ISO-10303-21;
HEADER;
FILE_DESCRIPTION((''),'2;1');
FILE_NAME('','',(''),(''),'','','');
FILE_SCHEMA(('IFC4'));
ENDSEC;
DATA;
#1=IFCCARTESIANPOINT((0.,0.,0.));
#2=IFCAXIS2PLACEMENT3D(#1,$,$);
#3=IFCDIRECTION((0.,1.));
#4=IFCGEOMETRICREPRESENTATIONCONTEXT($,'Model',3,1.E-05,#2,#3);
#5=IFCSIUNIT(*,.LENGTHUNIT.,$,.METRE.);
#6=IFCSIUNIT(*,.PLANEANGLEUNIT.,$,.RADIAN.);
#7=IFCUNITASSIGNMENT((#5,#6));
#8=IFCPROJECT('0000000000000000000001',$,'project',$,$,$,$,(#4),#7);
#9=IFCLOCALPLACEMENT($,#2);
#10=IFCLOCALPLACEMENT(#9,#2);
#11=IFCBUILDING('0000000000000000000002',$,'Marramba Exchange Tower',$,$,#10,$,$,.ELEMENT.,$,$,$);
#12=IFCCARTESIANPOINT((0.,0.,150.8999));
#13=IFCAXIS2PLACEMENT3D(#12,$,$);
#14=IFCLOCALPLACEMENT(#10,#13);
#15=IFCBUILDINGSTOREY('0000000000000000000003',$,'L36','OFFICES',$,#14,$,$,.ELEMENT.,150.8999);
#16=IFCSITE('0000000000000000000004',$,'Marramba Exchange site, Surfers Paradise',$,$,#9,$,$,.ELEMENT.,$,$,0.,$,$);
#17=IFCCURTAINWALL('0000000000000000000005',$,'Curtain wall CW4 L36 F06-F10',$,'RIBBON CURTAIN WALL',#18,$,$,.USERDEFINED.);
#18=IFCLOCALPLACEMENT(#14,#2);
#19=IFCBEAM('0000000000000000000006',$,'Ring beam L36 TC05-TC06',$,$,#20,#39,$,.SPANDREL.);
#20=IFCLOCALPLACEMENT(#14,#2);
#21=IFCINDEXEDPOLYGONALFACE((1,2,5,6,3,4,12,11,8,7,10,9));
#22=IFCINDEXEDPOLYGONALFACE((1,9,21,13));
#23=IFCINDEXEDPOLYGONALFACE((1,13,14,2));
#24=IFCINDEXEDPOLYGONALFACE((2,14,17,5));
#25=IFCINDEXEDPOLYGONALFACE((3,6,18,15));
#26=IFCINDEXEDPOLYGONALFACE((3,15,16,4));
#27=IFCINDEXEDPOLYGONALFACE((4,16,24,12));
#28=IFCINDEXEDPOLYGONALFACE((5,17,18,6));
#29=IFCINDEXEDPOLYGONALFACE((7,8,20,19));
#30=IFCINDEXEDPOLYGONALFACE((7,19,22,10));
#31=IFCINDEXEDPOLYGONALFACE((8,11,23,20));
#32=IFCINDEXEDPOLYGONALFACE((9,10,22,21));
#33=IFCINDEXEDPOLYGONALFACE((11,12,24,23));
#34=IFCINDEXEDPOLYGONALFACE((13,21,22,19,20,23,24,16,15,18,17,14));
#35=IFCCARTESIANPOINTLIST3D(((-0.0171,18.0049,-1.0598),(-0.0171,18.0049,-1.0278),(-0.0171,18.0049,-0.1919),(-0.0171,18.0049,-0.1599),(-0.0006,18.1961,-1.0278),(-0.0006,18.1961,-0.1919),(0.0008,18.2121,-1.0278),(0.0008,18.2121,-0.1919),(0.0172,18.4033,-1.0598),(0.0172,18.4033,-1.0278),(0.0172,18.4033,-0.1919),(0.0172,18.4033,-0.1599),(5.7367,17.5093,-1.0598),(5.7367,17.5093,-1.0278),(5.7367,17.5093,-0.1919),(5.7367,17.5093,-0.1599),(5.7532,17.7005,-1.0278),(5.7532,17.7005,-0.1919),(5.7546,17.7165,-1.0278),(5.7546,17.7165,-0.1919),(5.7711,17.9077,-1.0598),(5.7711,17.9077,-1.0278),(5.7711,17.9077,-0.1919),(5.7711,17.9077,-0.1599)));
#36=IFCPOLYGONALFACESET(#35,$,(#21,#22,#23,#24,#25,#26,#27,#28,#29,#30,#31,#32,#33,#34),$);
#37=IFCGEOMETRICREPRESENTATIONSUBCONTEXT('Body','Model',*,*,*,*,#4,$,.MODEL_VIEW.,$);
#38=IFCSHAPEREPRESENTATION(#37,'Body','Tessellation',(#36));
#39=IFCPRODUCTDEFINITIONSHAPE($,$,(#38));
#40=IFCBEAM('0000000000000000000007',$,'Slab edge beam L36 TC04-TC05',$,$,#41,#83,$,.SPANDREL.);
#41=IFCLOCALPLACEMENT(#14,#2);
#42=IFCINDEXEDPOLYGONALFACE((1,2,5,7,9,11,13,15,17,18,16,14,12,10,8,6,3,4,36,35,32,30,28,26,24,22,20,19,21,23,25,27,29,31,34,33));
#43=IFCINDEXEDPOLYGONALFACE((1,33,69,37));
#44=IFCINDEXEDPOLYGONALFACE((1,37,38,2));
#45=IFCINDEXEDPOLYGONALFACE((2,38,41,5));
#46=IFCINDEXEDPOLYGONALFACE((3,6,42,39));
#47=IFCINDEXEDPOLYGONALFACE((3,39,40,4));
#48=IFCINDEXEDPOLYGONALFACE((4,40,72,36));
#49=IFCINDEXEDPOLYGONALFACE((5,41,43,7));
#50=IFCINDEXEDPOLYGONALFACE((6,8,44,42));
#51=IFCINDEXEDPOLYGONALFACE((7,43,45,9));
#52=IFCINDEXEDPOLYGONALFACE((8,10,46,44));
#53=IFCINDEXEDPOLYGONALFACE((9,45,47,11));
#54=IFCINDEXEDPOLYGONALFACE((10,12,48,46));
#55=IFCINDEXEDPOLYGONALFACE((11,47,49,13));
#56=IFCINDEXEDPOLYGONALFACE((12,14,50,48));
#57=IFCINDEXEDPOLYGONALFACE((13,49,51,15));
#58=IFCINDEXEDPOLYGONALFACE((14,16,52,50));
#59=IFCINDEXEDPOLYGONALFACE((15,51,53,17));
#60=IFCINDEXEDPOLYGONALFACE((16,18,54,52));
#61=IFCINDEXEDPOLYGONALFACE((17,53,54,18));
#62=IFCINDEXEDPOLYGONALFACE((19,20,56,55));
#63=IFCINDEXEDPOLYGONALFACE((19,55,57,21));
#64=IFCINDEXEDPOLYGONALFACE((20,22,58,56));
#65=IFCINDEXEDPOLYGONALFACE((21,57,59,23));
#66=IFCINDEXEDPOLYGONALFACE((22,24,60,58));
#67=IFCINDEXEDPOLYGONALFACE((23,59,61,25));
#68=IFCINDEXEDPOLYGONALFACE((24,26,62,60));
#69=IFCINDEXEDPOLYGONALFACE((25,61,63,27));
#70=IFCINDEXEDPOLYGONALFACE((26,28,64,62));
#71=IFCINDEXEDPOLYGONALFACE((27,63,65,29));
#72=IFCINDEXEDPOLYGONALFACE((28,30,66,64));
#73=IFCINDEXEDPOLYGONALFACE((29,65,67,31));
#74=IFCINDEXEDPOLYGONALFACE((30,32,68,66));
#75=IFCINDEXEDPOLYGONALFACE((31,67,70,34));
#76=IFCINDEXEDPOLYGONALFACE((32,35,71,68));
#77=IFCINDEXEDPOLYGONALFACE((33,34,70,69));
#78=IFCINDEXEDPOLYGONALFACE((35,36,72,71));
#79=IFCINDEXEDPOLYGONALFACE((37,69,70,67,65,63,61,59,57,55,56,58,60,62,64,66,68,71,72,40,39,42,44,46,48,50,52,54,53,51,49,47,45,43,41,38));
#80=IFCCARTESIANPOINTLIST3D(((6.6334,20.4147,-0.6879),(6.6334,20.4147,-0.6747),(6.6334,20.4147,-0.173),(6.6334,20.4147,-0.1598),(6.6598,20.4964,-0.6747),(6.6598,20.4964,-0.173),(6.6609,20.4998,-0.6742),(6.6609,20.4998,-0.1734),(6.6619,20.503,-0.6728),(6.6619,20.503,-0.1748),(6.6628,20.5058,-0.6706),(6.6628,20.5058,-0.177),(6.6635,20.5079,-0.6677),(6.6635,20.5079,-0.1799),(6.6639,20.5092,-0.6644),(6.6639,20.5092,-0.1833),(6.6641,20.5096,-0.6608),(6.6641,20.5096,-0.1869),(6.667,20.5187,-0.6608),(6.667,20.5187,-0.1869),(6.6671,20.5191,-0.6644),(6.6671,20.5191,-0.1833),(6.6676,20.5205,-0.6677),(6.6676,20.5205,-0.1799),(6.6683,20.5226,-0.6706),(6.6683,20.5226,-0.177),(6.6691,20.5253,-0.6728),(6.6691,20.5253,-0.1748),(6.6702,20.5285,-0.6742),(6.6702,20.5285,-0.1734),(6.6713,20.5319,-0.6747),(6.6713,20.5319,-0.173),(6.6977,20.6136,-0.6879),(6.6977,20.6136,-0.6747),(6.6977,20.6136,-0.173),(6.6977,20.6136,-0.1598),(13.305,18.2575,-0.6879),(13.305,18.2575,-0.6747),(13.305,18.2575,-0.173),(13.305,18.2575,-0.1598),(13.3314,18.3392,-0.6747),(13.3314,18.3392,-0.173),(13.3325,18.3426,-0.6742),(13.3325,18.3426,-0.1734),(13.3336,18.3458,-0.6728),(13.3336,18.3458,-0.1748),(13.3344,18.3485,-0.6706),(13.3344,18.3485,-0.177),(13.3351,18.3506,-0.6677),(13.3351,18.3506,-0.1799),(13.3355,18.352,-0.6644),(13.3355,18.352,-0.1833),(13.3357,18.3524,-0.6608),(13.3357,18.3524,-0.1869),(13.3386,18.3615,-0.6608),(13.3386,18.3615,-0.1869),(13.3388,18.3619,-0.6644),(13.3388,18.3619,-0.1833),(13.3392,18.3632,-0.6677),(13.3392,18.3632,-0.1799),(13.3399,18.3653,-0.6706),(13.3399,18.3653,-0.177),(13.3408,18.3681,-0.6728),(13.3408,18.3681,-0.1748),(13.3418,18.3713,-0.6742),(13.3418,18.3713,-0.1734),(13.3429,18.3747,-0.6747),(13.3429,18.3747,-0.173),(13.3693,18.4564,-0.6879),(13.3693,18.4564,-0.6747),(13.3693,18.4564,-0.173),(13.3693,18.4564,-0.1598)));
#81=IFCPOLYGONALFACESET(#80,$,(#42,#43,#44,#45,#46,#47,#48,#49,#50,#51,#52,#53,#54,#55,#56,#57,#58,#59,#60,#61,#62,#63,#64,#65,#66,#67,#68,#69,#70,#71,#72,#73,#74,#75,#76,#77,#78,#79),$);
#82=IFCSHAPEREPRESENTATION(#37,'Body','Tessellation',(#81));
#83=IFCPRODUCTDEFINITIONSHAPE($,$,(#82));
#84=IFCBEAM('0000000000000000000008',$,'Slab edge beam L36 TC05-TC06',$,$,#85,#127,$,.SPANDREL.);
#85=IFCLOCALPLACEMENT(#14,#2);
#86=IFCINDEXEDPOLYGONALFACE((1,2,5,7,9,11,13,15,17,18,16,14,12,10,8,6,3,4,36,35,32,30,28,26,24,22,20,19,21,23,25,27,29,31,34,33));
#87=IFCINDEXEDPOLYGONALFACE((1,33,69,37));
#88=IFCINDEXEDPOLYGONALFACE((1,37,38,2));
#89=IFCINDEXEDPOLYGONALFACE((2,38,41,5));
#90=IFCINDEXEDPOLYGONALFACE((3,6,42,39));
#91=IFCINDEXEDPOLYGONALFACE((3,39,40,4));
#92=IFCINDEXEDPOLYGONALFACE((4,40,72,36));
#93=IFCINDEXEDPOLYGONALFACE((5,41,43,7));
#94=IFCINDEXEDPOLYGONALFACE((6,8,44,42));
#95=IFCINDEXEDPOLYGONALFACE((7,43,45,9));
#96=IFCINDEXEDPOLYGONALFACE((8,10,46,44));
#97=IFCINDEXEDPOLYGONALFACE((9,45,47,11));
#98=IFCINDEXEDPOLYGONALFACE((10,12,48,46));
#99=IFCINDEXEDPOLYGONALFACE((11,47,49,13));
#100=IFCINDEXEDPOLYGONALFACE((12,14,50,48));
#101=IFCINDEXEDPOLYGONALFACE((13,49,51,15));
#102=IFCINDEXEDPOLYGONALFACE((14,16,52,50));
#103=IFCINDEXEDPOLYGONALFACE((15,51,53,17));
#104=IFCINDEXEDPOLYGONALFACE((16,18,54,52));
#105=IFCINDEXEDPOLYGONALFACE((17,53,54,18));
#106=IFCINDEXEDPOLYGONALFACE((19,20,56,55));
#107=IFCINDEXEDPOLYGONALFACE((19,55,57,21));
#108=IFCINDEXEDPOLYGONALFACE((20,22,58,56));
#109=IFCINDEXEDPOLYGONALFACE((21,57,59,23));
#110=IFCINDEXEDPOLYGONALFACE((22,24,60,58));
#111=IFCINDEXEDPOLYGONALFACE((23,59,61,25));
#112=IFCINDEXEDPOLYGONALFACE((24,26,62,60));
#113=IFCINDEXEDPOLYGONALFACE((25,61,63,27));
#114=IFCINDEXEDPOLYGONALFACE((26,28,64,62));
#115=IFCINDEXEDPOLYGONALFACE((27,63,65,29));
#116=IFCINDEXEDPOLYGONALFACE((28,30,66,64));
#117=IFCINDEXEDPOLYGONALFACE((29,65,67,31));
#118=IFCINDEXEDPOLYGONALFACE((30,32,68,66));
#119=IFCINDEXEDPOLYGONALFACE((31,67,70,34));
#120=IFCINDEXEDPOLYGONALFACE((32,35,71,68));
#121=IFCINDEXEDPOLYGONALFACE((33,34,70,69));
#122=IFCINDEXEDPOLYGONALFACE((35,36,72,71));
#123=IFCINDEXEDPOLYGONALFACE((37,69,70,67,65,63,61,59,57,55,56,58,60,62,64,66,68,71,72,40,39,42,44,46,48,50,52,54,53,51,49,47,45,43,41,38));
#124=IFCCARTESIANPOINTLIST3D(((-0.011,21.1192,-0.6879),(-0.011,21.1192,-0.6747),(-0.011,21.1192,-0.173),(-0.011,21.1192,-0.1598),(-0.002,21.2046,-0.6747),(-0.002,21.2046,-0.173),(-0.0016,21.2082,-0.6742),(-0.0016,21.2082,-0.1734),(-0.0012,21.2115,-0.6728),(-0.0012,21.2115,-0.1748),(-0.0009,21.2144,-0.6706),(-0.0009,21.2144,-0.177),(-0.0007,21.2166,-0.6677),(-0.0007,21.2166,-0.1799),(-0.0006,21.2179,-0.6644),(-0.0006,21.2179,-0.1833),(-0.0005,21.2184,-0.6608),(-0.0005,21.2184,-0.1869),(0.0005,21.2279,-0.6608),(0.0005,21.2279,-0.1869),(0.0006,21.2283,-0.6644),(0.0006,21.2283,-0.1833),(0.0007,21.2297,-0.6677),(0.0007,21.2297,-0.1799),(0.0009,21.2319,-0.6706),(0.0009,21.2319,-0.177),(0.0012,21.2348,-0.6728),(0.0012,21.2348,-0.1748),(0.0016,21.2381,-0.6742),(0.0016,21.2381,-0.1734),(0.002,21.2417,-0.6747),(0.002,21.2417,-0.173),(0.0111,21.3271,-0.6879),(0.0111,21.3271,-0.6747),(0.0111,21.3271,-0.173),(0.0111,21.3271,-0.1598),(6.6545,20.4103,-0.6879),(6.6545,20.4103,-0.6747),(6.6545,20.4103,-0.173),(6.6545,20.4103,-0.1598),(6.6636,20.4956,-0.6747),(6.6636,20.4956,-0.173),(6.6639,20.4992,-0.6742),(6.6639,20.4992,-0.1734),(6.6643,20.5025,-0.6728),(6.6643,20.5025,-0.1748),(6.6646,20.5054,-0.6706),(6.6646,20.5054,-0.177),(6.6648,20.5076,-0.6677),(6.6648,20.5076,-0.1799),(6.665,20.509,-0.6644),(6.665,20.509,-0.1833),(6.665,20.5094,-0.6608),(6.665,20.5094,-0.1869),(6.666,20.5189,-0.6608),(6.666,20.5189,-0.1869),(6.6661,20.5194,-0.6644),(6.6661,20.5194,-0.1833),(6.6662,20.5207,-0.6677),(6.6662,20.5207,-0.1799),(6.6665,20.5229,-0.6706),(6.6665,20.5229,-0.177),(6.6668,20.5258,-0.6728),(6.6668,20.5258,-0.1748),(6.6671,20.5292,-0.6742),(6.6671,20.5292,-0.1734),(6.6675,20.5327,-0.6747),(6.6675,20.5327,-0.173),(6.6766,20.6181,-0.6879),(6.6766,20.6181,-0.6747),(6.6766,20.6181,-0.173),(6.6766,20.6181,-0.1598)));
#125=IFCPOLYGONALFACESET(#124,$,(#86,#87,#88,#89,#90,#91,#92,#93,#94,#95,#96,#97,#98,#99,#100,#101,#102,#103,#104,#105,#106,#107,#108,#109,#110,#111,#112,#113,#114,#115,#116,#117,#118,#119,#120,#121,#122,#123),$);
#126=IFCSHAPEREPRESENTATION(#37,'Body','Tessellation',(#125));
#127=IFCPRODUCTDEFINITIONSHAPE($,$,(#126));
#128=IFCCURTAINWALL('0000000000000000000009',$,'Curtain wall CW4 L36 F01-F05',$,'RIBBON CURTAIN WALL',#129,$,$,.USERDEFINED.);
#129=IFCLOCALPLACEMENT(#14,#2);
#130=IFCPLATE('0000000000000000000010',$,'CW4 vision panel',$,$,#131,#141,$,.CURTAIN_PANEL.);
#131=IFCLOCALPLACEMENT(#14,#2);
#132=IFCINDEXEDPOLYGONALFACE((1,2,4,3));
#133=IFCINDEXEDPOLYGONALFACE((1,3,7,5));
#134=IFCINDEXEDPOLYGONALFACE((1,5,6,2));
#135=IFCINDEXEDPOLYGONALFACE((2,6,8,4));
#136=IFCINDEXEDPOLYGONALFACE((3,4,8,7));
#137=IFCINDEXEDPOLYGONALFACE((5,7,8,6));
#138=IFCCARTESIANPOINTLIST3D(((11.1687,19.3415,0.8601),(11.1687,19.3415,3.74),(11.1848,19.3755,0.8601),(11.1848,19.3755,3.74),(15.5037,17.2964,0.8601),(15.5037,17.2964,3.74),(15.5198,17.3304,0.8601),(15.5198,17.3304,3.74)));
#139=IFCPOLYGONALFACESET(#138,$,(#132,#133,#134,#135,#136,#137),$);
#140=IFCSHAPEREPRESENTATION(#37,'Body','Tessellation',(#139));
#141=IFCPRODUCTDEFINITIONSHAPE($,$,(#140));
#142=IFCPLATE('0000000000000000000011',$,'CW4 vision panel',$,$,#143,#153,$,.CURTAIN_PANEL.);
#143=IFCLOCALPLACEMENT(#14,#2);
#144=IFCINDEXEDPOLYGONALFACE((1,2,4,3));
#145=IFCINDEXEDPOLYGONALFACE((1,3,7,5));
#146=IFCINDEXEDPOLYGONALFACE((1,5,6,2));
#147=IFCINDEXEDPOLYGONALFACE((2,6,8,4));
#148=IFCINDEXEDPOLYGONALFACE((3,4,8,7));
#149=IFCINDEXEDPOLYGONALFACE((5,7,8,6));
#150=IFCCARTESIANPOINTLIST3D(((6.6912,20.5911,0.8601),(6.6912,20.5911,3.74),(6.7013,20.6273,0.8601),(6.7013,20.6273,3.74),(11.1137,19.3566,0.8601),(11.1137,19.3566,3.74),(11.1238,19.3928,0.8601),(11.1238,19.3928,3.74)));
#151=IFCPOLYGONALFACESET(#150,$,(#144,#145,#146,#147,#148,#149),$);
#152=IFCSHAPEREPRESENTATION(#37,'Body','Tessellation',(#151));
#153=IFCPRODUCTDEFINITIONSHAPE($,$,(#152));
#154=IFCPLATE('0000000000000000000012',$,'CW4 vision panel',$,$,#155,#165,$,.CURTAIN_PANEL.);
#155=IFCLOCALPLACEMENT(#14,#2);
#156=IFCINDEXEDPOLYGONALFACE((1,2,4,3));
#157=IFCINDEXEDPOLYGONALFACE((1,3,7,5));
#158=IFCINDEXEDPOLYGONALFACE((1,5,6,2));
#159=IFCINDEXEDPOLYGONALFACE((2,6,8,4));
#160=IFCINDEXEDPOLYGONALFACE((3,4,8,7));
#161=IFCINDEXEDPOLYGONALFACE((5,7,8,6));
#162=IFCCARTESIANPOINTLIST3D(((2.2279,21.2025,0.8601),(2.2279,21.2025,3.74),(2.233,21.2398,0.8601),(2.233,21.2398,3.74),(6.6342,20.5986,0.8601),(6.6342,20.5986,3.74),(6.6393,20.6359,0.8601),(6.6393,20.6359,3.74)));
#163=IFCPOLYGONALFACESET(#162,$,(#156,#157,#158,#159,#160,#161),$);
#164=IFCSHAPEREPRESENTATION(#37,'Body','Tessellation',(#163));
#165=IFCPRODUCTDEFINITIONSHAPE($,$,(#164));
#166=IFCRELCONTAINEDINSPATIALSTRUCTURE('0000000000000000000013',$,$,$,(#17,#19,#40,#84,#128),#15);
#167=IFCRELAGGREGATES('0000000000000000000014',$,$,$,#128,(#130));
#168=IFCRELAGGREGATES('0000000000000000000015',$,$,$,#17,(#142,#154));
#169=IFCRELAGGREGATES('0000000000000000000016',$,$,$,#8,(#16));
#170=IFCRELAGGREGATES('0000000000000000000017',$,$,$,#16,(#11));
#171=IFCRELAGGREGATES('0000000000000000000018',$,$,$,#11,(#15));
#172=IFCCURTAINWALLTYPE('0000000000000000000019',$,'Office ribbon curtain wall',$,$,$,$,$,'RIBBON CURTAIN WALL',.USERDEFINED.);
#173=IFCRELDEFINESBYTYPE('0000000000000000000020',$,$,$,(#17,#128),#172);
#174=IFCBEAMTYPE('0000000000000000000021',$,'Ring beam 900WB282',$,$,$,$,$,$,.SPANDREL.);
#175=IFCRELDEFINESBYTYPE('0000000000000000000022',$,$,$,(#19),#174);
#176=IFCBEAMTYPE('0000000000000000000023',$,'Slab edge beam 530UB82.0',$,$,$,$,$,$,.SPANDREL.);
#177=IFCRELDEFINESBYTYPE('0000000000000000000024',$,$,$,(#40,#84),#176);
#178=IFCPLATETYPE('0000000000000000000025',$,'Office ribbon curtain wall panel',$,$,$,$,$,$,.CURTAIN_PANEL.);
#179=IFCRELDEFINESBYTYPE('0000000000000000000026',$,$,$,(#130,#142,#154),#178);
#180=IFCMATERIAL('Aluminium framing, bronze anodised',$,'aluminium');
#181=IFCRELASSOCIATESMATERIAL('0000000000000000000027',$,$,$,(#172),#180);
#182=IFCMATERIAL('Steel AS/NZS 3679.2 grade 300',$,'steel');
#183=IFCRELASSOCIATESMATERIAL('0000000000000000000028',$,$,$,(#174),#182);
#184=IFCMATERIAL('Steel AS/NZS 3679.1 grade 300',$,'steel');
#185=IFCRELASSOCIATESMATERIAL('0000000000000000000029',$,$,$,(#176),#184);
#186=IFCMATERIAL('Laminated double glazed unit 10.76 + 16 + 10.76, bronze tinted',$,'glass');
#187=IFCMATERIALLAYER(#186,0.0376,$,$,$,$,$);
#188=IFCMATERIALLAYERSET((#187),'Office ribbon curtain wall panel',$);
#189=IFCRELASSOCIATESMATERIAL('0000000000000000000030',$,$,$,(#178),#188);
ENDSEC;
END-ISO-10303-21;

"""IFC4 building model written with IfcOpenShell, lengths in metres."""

from ifc_helpers import new_model, si_unit, direction, frame, origin, origin_2d, place, context, subcontext, project, spatial, rectangle, i_section, extrude, material, layer, layer_set, material_profile, profile_set, type_object, element, aggregate, save


model = new_model("IFC4")

# Units and contexts
model_context = context("Model", 3, precision=1e-05, world=origin(), true_north=direction((0.0, 1.0)))
body_context = subcontext(model_context, "Body", "Model", "MODEL_VIEW")
ifc_project = project(units=[si_unit("LENGTHUNIT", "METRE"), si_unit("PLANEANGLEUNIT", "RADIAN")], contexts=[model_context])

# Site, building, storey
site_placement = place(None, origin())
site = spatial("IfcSite", under=ifc_project, at=site_placement, Name="Marramba Exchange site, Surfers Paradise", CompositionType="ELEMENT", RefElevation=0.0)
building_placement = place(site_placement, origin())
building = spatial("IfcBuilding", under=site, at=building_placement, Name="Marramba Exchange Tower", CompositionType="ELEMENT")
storey_placement = place(building_placement, frame((0.0, 0.0, 150.8999)))
storey = spatial("IfcBuildingStorey", under=building, at=storey_placement, Name="L36", Description="OFFICES", CompositionType="ELEMENT", Elevation=150.8999)

# Shared definitions
ifc_material_1 = material(Name="Steel AS/NZS 3679.2 grade 300", Category="steel")

# Curtain wall
ifc_material_2 = material(Name="Aluminium framing, bronze anodised", Category="aluminium")
curtain_wall_type = type_object("IfcCurtainWallType", Name="Office ribbon curtain wall", ElementType="RIBBON CURTAIN WALL", PredefinedType="USERDEFINED", material=ifc_material_2)
curtain_wall_1_placement = place(storey_placement, origin())
curtain_wall_1 = element("IfcCurtainWall", 1, at=curtain_wall_1_placement, inside=storey, type_object=curtain_wall_type, Name="Curtain wall CW4 L36 F06-F10", ObjectType="RIBBON CURTAIN WALL", PredefinedType="USERDEFINED")

# Beams
ifc_material_profile_1 = material_profile(ifc_material_1, i_section(OverallWidth=0.3999, OverallDepth=0.8999, WebThickness=0.0161, FlangeThickness=0.032, at=origin_2d()), Name="900WB282")
ifc_profile_set_1 = profile_set([ifc_material_profile_1], Name="Steel AS/NZS 3679.2 grade 300")
beam_type_1 = type_object("IfcBeamType", Name="Ring beam 900WB282", PredefinedType="SPANDREL", material=ifc_profile_set_1)
beam_1_placement = place(storey_placement, frame((5.7539, 17.7085, -0.6099), z_axis=(-0.996311, 0.085816, 0.0), x_axis=(-0.085816, -0.996311, 0.0)))
element("IfcBeam", 2, at=beam_1_placement, inside=storey, type_object=beam_type_1, Name="Ring beam L36 TC05-TC06", PredefinedType="SPANDREL", context=body_context, shape_type="SweptSolid", body=[
    extrude(i_section(OverallWidth=0.3999, OverallDepth=0.8999, WebThickness=0.0161, FlangeThickness=0.032, at=origin_2d()), origin(), (0.0, 0.0, 1.0), 5.7751),
])
ifc_material_3 = material(Name="Steel AS/NZS 3679.1 grade 300", Category="steel")
ifc_material_profile_2 = material_profile(ifc_material_3, i_section(OverallWidth=0.209, OverallDepth=0.5281, WebThickness=0.0095, FlangeThickness=0.0132, FilletRadius=0.0139, at=origin_2d()), Name="530UB82.0")
ifc_profile_set_2 = profile_set([ifc_material_profile_2], Name="Steel AS/NZS 3679.1 grade 300")
beam_type_2 = type_object("IfcBeamType", Name="Slab edge beam 530UB82.0", PredefinedType="SPANDREL", material=ifc_profile_set_2)
beam_2_placement = place(storey_placement, frame((13.3372, 18.3569, -0.4238), z_axis=(-0.951496, 0.30766, 0.0), x_axis=(-0.30766, -0.951496, 0.0)))
element("IfcBeam", 3, at=beam_2_placement, inside=storey, type_object=beam_type_2, Name="Slab edge beam L36 TC04-TC05", PredefinedType="SPANDREL", context=body_context, shape_type="SweptSolid", body=[
    extrude(i_section(OverallWidth=0.209, OverallDepth=0.5281, WebThickness=0.0095, FlangeThickness=0.0132, FilletRadius=0.0139, at=origin_2d()), origin(), (0.0, 0.0, 1.0), 7.0117),
])
beam_3_placement = place(storey_placement, frame((6.6655, 20.5142, -0.4238), z_axis=(-0.994391, 0.105769, 0.0), x_axis=(-0.105769, -0.994391, 0.0)))
element("IfcBeam", 4, at=beam_3_placement, inside=storey, type_object=beam_type_2, Name="Slab edge beam L36 TC05-TC06", PredefinedType="SPANDREL", context=body_context, shape_type="SweptSolid", body=[
    extrude(i_section(OverallWidth=0.209, OverallDepth=0.5281, WebThickness=0.0095, FlangeThickness=0.0132, FilletRadius=0.0139, at=origin_2d()), origin(), (0.0, 0.0, 1.0), 6.7031),
])

# Curtain wall, plate
curtain_wall_2_placement = place(storey_placement, origin())
curtain_wall_2 = element("IfcCurtainWall", 5, at=curtain_wall_2_placement, inside=storey, type_object=curtain_wall_type, Name="Curtain wall CW4 L36 F01-F05", ObjectType="RIBBON CURTAIN WALL", PredefinedType="USERDEFINED")
ifc_material_4 = material(Name="Laminated double glazed unit 10.76 + 16 + 10.76, bronze tinted", Category="glass")
ifc_layer_1 = layer(ifc_material_4, 0.0376)
ifc_layer_set_1 = layer_set([ifc_layer_1], Name="Office ribbon curtain wall panel")
plate_type = type_object("IfcPlateType", Name="Office ribbon curtain wall panel", PredefinedType="CURTAIN_PANEL", material=ifc_layer_set_1)
plate_1_placement = place(storey_placement, frame((13.3442, 18.3359, 0.8601), z_axis=(0.0, 0.0, 1.0), x_axis=(-0.904403, 0.426679, 0.0)))
plate_1 = element("IfcPlate", 6, at=plate_1_placement, type_object=plate_type, Name="CW4 vision panel", PredefinedType="CURTAIN_PANEL", context=body_context, shape_type="SweptSolid", body=[
    extrude(rectangle(XDim=4.7932, YDim=0.0376, at=origin_2d()), origin(), (0.0, 0.0, 1.0), 2.8799),
])
aggregate(curtain_wall_2, [plate_1])

# Plates
plate_2_placement = place(storey_placement, frame((8.9075, 19.9919, 0.8601), z_axis=(0.0, 0.0, 1.0), x_axis=(-0.963178, 0.268865, 0.0)))
plate_2 = element("IfcPlate", 7, at=plate_2_placement, type_object=plate_type, Name="CW4 vision panel", PredefinedType="CURTAIN_PANEL", context=body_context, shape_type="SweptSolid", body=[
    extrude(rectangle(XDim=4.5916, YDim=0.0376, at=origin_2d()), origin(), (0.0, 0.0, 1.0), 2.8799),
])
plate_3_placement = place(storey_placement, frame((4.4336, 20.9192, 0.8601), z_axis=(0.0, 0.0, 1.0), x_axis=(-0.990738, 0.135786, 0.0)))
plate_3 = element("IfcPlate", 8, at=plate_3_placement, type_object=plate_type, Name="CW4 vision panel", PredefinedType="CURTAIN_PANEL", context=body_context, shape_type="SweptSolid", body=[
    extrude(rectangle(XDim=4.4475, YDim=0.0376, at=origin_2d()), origin(), (0.0, 0.0, 1.0), 2.8799),
])
aggregate(curtain_wall_1, [plate_2, plate_3])

save(model, "model.ifc")
